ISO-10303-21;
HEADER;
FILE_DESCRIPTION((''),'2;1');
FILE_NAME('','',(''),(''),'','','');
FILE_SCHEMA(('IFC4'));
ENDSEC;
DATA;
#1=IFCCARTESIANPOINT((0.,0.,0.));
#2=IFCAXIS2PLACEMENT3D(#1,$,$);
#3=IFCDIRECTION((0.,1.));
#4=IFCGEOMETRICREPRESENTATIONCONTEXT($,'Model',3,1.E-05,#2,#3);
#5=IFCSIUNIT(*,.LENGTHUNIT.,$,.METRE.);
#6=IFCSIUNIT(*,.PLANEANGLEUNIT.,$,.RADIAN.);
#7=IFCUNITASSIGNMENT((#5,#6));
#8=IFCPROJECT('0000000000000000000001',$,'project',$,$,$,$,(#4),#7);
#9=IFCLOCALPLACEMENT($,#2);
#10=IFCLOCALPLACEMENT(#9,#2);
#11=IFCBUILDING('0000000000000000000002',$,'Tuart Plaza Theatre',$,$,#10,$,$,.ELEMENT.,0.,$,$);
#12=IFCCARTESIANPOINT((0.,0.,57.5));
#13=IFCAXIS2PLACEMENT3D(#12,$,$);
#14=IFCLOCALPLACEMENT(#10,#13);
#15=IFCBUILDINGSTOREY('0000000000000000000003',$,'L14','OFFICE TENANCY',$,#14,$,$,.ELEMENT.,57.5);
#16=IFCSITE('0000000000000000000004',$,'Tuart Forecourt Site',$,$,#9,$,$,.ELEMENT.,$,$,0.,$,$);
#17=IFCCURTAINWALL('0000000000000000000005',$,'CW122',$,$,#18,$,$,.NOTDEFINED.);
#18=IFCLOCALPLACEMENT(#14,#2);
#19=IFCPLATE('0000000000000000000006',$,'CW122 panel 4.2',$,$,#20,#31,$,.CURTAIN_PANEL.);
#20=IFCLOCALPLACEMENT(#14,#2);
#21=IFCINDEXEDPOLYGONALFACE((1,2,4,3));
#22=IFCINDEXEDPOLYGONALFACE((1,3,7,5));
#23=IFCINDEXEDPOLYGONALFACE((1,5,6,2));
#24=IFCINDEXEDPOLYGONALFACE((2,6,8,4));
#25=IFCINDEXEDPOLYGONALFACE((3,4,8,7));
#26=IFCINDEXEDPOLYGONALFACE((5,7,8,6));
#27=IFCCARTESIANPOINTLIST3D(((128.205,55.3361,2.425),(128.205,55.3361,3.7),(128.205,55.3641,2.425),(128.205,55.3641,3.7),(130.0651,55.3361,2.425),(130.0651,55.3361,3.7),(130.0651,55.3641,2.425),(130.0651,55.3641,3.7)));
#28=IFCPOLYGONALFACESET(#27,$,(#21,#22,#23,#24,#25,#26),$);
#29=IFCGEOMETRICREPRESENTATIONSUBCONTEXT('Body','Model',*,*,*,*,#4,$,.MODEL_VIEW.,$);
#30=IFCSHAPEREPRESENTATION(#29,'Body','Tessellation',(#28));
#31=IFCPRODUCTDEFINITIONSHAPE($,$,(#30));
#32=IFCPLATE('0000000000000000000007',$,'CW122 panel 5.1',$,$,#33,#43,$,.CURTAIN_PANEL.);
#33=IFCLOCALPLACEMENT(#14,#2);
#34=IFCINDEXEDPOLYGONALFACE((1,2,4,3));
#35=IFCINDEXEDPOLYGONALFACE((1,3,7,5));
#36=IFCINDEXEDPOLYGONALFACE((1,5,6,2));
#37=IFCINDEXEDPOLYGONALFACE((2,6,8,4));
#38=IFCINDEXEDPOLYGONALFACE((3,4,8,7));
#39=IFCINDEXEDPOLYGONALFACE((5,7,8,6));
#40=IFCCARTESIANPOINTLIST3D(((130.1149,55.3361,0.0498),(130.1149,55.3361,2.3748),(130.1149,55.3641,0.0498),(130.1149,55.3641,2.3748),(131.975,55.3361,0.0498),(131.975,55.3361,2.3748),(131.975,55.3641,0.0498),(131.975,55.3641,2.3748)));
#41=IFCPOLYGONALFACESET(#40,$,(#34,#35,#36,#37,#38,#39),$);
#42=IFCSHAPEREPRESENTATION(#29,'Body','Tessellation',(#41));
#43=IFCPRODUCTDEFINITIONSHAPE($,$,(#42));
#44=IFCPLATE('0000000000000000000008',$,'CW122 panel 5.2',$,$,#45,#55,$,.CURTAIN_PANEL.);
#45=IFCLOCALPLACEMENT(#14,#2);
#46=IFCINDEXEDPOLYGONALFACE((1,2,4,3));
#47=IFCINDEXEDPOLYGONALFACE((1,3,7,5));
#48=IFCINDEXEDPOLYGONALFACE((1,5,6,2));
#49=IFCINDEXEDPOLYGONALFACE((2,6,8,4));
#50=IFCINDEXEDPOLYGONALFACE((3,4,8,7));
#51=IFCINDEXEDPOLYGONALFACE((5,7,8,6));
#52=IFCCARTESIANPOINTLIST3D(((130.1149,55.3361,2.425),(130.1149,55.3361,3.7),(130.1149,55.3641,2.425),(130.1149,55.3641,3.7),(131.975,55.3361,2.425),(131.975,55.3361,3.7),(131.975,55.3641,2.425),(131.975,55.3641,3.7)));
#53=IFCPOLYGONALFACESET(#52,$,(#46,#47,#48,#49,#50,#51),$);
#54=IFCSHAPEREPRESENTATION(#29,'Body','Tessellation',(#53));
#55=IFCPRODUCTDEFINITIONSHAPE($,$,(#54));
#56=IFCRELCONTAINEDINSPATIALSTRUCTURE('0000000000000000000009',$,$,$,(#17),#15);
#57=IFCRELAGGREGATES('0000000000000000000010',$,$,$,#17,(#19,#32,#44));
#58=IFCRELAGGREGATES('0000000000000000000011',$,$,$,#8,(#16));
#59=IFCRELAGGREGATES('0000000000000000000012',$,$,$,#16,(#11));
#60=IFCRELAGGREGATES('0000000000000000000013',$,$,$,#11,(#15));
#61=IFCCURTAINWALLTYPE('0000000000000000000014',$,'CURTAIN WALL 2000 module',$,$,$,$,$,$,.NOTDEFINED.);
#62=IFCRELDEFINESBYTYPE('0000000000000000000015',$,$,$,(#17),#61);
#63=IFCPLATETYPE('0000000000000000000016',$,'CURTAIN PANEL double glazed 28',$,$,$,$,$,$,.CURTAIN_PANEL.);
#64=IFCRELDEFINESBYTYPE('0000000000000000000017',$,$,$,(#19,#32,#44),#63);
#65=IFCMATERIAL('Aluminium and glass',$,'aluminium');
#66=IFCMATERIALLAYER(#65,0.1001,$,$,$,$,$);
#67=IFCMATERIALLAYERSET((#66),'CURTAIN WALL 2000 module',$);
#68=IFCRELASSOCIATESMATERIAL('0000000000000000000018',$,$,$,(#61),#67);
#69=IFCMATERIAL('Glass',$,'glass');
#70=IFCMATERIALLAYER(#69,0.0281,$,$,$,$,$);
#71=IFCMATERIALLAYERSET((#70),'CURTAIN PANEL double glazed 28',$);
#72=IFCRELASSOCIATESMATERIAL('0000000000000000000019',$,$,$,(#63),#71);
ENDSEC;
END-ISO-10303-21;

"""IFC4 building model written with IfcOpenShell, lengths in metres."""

from ifc_helpers import new_model, si_unit, direction, frame, origin, origin_2d, place, context, subcontext, project, spatial, rectangle, extrude, material, layer, layer_set, type_object, element, aggregate, save


model = new_model("IFC4")

# Units and contexts
model_context = context("Model", 3, precision=1e-05, world=origin(), true_north=direction((0.0, 1.0)))
body_context = subcontext(model_context, "Body", "Model", "MODEL_VIEW")
ifc_project = project(units=[si_unit("LENGTHUNIT", "METRE"), si_unit("PLANEANGLEUNIT", "RADIAN")], contexts=[model_context])

# Site, building, storey
site_placement = place(None, origin())
site = spatial("IfcSite", under=ifc_project, at=site_placement, Name="Tuart Forecourt Site", CompositionType="ELEMENT", RefElevation=0.0)
building_placement = place(site_placement, origin())
building = spatial("IfcBuilding", under=site, at=building_placement, Name="Tuart Plaza Theatre", CompositionType="ELEMENT", ElevationOfRefHeight=0.0)
storey_placement = place(building_placement, frame((0.0, 0.0, 57.5)))
storey = spatial("IfcBuildingStorey", under=building, at=storey_placement, Name="L14", Description="OFFICE TENANCY", CompositionType="ELEMENT", Elevation=57.5)

# Curtain wall, plates
ifc_material_1 = material(Name="Aluminium and glass", Category="aluminium")
ifc_layer_1 = layer(ifc_material_1, 0.1001)
ifc_layer_set_1 = layer_set([ifc_layer_1], Name="CURTAIN WALL 2000 module")
curtain_wall_type = type_object("IfcCurtainWallType", Name="CURTAIN WALL 2000 module", PredefinedType="NOTDEFINED", material=ifc_layer_set_1)
curtain_wall_placement = place(storey_placement, origin())
curtain_wall = element("IfcCurtainWall", 1, at=curtain_wall_placement, inside=storey, type_object=curtain_wall_type, Name="CW122", PredefinedType="NOTDEFINED")
ifc_material_2 = material(Name="Glass", Category="glass")
ifc_layer_2 = layer(ifc_material_2, 0.0281)
ifc_layer_set_2 = layer_set([ifc_layer_2], Name="CURTAIN PANEL double glazed 28")
plate_type = type_object("IfcPlateType", Name="CURTAIN PANEL double glazed 28", PredefinedType="CURTAIN_PANEL", material=ifc_layer_set_2)
plate_1_placement = place(storey_placement, frame((129.135, 55.3501, 2.425), z_axis=(0.0, 0.0, 1.0), x_axis=(1.0, 0.0, 0.0)))
plate_1 = element("IfcPlate", 2, at=plate_1_placement, type_object=plate_type, Name="CW122 panel 4.2", PredefinedType="CURTAIN_PANEL", context=body_context, shape_type="SweptSolid", body=[
    extrude(rectangle(XDim=1.8601, YDim=0.0281, at=origin_2d()), origin(), (0.0, 0.0, 1.0), 1.2749),
])
plate_2_placement = place(storey_placement, frame((131.0449, 55.3501, 0.0498), z_axis=(0.0, 0.0, 1.0), x_axis=(1.0, 0.0, 0.0)))
plate_2 = element("IfcPlate", 3, at=plate_2_placement, type_object=plate_type, Name="CW122 panel 5.1", PredefinedType="CURTAIN_PANEL", context=body_context, shape_type="SweptSolid", body=[
    extrude(rectangle(XDim=1.8601, YDim=0.0281, at=origin_2d()), origin(), (0.0, 0.0, 1.0), 2.325),
])
plate_3_placement = place(storey_placement, frame((131.0449, 55.3501, 2.425), z_axis=(0.0, 0.0, 1.0), x_axis=(1.0, 0.0, 0.0)))
plate_3 = element("IfcPlate", 4, at=plate_3_placement, type_object=plate_type, Name="CW122 panel 5.2", PredefinedType="CURTAIN_PANEL", context=body_context, shape_type="SweptSolid", body=[
    extrude(rectangle(XDim=1.8601, YDim=0.0281, at=origin_2d()), origin(), (0.0, 0.0, 1.0), 1.2749),
])
aggregate(curtain_wall, [plate_1, plate_2, plate_3])

save(model, "model.ifc")
